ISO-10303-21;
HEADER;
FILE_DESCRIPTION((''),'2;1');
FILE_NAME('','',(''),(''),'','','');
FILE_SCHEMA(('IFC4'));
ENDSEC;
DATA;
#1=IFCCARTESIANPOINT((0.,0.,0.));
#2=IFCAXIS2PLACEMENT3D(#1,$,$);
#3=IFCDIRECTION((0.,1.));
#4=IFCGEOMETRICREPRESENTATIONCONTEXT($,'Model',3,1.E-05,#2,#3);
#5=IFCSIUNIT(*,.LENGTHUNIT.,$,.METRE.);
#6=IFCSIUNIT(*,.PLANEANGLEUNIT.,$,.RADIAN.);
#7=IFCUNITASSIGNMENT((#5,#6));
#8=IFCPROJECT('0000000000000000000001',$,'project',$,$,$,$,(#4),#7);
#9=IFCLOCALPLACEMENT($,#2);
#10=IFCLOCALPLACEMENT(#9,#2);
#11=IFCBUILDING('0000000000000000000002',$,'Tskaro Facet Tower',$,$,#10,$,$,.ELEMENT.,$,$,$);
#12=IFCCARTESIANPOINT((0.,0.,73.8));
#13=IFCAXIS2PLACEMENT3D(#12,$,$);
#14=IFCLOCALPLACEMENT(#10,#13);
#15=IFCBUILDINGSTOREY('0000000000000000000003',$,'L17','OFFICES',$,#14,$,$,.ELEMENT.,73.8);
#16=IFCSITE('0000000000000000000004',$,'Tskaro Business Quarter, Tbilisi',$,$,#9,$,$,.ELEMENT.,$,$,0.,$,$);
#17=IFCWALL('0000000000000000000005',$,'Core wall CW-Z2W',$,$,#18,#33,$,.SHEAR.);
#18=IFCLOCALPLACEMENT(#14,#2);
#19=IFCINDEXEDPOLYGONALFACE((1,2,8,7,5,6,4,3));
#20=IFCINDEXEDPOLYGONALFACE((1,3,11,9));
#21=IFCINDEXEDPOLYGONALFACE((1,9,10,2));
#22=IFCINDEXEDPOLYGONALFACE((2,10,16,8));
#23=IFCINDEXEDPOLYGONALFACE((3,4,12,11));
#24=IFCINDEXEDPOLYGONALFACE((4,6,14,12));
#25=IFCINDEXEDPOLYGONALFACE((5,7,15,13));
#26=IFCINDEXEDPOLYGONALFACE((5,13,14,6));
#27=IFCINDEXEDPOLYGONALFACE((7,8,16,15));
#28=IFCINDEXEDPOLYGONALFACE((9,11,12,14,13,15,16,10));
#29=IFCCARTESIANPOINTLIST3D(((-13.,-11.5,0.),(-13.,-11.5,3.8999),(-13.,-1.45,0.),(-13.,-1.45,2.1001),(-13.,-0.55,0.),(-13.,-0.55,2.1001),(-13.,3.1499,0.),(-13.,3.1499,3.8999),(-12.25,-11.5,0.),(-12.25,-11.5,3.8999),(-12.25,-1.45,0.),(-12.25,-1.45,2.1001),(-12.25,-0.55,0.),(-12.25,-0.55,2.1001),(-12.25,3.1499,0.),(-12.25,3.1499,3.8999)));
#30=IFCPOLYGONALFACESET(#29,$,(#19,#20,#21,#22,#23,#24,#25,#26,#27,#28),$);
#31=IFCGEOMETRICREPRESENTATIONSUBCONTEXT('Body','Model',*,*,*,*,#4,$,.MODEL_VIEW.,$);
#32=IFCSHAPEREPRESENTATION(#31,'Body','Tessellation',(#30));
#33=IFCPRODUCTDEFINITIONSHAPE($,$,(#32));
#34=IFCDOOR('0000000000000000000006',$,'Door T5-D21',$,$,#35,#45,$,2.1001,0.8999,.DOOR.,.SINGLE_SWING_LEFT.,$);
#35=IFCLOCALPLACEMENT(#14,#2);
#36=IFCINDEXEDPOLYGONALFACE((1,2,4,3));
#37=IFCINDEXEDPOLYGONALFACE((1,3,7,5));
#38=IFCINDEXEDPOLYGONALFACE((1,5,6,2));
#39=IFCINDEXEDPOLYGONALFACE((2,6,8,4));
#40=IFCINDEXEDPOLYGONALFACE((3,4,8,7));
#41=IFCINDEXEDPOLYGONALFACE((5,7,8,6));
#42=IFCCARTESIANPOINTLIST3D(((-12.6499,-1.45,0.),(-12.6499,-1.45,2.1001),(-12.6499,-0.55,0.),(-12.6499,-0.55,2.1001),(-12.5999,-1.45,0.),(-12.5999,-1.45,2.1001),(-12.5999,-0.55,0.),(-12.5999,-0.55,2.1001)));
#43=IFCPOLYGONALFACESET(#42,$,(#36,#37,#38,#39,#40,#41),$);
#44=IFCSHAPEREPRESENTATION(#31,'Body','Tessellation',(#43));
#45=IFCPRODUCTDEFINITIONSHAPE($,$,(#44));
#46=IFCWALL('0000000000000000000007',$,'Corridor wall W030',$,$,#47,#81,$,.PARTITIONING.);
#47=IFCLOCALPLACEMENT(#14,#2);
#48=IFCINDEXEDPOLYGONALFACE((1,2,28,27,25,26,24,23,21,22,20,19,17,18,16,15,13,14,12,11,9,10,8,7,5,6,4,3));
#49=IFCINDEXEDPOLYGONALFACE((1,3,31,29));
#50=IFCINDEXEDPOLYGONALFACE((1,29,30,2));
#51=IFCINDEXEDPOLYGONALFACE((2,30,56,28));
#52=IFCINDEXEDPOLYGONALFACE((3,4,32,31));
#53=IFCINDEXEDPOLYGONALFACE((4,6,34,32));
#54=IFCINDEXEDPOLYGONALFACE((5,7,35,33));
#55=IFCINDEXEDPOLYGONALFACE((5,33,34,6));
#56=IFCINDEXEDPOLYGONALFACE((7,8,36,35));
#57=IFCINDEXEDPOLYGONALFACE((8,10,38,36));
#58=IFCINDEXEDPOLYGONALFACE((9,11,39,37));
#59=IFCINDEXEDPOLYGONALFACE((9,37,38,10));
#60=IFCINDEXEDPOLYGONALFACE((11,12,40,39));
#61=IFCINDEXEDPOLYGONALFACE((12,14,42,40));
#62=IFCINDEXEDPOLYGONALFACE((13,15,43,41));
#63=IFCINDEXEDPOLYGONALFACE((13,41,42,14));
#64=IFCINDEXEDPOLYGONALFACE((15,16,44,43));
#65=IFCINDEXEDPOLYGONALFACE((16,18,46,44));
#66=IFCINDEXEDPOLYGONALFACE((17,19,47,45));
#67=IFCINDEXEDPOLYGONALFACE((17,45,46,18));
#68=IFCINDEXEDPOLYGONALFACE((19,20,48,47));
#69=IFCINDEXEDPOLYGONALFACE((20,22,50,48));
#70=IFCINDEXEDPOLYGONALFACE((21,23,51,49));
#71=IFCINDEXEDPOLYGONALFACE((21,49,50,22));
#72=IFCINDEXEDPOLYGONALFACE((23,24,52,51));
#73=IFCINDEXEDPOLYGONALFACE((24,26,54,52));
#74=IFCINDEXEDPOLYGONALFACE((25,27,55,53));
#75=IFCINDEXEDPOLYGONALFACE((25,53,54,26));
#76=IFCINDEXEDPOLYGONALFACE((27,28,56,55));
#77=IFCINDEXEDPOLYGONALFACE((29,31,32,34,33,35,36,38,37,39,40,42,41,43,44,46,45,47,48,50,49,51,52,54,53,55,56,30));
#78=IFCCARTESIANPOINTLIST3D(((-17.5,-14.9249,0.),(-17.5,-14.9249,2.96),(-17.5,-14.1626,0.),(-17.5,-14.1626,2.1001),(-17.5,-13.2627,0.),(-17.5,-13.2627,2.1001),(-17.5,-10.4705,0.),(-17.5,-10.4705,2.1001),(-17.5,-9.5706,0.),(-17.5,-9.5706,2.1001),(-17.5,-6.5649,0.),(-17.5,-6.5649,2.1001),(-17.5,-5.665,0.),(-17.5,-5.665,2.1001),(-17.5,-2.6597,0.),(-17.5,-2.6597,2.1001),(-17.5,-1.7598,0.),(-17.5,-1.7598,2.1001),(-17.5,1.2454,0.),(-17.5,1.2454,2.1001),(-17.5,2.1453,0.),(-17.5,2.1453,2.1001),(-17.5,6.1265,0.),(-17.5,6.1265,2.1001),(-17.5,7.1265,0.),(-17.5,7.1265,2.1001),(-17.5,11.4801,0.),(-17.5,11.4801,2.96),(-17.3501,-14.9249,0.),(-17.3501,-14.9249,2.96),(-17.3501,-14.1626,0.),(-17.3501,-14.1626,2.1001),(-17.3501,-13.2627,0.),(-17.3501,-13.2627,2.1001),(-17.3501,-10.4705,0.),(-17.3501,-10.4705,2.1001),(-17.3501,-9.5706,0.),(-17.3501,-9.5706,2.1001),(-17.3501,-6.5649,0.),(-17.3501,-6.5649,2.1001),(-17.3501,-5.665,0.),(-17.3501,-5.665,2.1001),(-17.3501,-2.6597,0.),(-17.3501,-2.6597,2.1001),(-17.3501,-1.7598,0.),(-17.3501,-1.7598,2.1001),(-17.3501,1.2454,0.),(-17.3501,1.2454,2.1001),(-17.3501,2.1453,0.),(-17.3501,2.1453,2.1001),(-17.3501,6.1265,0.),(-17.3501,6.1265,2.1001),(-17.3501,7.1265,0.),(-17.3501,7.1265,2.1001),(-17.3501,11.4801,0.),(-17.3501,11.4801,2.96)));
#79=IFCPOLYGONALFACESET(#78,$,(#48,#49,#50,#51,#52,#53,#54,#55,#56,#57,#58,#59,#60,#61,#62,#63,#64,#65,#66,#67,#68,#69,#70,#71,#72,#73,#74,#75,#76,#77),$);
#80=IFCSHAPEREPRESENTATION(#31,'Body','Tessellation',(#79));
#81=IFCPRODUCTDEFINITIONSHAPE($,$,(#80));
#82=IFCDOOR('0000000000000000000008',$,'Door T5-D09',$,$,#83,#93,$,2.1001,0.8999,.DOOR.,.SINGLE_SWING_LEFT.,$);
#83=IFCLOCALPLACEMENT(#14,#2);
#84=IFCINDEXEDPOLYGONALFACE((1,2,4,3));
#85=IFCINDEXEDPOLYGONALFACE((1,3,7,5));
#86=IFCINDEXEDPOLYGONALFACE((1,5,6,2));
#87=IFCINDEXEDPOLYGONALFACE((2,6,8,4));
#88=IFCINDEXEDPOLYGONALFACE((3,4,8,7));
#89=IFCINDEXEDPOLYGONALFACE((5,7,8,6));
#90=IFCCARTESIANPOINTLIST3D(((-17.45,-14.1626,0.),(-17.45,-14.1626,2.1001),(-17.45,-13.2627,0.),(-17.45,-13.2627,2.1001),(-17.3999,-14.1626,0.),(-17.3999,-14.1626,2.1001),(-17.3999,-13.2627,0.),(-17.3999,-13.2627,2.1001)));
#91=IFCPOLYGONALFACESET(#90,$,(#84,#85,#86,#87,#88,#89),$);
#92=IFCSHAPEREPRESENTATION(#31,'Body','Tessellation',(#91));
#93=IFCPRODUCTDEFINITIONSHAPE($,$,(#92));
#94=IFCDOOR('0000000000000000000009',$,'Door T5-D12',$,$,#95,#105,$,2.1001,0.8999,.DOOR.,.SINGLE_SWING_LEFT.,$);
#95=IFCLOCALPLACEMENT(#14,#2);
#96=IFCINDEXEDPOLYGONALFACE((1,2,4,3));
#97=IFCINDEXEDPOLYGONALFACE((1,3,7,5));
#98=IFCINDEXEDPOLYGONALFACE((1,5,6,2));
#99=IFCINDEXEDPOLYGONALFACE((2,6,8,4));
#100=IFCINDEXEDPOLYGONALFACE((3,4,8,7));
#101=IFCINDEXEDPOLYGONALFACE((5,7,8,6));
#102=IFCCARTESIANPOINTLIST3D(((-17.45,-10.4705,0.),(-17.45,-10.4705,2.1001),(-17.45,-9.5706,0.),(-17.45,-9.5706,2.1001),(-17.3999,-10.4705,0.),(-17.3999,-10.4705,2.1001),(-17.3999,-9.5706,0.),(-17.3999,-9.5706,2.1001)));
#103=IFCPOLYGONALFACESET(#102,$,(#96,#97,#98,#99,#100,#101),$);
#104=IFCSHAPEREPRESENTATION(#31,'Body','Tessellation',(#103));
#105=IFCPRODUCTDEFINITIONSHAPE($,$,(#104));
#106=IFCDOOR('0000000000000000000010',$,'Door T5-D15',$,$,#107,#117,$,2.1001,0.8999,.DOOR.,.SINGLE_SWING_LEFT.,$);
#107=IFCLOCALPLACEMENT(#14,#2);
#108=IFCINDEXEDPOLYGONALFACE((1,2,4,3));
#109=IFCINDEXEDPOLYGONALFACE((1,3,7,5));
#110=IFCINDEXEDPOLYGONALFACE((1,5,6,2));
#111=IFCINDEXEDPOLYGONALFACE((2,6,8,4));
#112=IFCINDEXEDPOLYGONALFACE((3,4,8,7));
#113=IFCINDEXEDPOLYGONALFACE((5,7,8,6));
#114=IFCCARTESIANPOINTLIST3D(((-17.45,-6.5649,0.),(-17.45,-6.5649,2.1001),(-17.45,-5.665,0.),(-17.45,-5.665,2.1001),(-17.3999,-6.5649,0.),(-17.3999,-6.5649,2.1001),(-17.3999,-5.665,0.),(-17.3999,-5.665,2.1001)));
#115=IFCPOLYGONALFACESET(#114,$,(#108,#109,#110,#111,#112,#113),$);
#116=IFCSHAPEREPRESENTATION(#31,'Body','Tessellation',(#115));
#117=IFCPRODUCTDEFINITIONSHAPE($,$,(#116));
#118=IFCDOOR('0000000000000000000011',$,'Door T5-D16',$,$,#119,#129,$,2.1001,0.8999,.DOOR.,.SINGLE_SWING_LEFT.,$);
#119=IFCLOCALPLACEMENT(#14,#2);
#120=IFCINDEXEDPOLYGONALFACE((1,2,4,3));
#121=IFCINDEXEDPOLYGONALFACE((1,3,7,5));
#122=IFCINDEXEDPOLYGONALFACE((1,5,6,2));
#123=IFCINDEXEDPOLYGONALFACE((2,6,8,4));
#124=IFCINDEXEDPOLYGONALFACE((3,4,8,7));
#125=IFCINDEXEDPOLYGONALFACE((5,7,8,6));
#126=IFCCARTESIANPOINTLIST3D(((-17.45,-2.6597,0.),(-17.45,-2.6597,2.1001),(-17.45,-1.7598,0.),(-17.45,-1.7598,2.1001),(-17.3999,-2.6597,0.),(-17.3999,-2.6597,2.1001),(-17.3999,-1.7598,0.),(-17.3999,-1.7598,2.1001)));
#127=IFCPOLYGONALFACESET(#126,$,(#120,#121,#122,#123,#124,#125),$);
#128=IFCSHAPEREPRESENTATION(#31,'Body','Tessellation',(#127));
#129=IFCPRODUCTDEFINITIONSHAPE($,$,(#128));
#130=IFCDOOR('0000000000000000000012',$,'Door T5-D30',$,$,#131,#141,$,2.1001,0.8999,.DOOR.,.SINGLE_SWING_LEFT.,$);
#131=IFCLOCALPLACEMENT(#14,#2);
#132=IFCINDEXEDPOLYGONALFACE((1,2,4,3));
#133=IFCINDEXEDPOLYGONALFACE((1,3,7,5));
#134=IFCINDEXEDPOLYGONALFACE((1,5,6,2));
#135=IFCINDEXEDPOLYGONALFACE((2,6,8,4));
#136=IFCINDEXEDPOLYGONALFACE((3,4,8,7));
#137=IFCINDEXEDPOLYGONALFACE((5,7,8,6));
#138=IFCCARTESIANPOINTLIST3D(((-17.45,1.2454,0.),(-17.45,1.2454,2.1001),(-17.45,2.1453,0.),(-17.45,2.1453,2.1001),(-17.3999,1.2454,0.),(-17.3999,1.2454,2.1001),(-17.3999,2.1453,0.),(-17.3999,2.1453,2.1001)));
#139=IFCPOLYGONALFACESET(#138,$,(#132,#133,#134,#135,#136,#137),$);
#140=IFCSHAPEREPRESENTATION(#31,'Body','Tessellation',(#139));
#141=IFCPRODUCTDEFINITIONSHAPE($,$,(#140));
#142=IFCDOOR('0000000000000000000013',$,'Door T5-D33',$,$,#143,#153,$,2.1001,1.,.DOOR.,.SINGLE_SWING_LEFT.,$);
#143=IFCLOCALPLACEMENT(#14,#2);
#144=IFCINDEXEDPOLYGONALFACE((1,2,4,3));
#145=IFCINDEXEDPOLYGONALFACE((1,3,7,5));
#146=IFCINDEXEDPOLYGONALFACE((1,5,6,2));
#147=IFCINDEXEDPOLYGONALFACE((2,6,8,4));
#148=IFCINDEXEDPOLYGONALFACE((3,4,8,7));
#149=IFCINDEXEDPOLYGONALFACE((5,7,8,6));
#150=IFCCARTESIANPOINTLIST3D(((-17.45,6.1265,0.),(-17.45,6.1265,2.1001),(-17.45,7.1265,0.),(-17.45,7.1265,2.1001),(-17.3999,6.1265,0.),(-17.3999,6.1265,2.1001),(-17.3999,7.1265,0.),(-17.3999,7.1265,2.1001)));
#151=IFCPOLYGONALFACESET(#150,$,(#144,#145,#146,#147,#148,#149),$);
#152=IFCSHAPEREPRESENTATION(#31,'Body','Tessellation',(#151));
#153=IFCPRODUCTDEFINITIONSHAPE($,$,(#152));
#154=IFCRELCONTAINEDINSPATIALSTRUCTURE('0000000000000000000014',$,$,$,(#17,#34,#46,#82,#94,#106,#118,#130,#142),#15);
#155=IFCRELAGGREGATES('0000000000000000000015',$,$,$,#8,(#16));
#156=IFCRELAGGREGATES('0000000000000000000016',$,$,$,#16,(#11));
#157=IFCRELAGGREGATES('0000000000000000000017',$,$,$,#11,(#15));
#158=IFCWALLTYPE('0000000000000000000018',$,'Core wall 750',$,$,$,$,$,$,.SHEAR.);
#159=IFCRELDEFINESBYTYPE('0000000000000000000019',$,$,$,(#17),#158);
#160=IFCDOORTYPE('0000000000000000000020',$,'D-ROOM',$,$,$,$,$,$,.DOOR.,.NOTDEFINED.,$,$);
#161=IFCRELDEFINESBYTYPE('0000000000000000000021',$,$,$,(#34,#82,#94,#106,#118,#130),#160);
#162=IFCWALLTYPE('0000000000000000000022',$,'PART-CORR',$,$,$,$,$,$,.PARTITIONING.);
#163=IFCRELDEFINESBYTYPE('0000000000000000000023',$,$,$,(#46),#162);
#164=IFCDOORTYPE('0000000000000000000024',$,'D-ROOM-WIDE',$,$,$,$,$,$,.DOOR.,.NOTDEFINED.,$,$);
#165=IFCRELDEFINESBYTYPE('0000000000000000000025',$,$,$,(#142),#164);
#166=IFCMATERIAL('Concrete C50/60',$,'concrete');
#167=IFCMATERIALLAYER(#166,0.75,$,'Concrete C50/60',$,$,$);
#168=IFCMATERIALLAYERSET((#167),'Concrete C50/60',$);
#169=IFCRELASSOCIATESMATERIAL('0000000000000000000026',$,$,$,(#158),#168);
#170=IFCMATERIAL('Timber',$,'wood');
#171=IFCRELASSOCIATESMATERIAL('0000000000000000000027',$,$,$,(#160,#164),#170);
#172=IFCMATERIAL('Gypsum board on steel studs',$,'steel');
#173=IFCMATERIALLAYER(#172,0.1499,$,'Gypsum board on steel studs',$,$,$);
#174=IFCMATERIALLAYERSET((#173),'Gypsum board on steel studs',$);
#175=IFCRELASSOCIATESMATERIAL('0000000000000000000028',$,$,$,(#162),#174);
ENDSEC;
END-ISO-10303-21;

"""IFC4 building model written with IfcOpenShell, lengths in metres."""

from ifc_helpers import new_model, si_unit, direction, frame, frame_2d, origin, place, context, subcontext, project, spatial, rectangle, extrude, material, layer, layer_set, type_object, element, fill, save


model = new_model("IFC4")

# Units and contexts
model_context = context("Model", 3, precision=1e-05, world=origin(), true_north=direction((0.0, 1.0)))
body_context = subcontext(model_context, "Body", "Model", "MODEL_VIEW")
ifc_project = project(units=[si_unit("LENGTHUNIT", "METRE"), si_unit("PLANEANGLEUNIT", "RADIAN")], contexts=[model_context])

# Site, building, storey
site_placement = place(None, origin())
site = spatial("IfcSite", under=ifc_project, at=site_placement, Name="Tskaro Business Quarter, Tbilisi", CompositionType="ELEMENT", RefElevation=0.0)
building_placement = place(site_placement, origin())
building = spatial("IfcBuilding", under=site, at=building_placement, Name="Tskaro Facet Tower", CompositionType="ELEMENT")
storey_placement = place(building_placement, frame((0.0, 0.0, 73.8)))
storey = spatial("IfcBuildingStorey", under=building, at=storey_placement, Name="L17", Description="OFFICES", CompositionType="ELEMENT", Elevation=73.8)

# Wall, opening, door
ifc_material_1 = material(Name="Concrete C50/60", Category="concrete")
ifc_layer_1 = layer(ifc_material_1, 0.75, Name="Concrete C50/60")
ifc_layer_set_1 = layer_set([ifc_layer_1], Name="Concrete C50/60")
wall_type_1 = type_object("IfcWallType", Name="Core wall 750", PredefinedType="SHEAR", material=ifc_layer_set_1)
wall_1_placement = place(storey_placement, frame((-12.625, -11.5, 0.0), z_axis=(0.0, 0.0, 1.0), x_axis=(0.0, 1.0, 0.0)))
wall_1 = element("IfcWall", 1, at=wall_1_placement, inside=storey, type_object=wall_type_1, Name="Core wall CW-Z2W", PredefinedType="SHEAR", context=body_context, shape_type="SweptSolid", body=[
    extrude(rectangle(XDim=14.6499, YDim=0.75, at=frame_2d((7.325, 0.0))), origin(), (0.0, 0.0, 1.0), 3.8999),
])
opening_1_placement = place(wall_1_placement, frame((10.05, 0.0, 0.0)))
opening_1 = element("IfcOpeningElement", 2, at=opening_1_placement, cuts=wall_1, PredefinedType="OPENING", context=body_context, shape_type="SweptSolid", body=[
    extrude(rectangle(XDim=0.8999, YDim=2.1001, at=frame_2d((0.45, 1.05))), frame((0.0, 0.385, 0.0), z_axis=(0.0, -1.0, 0.0), x_axis=(1.0, 0.0, 0.0)), (0.0, 0.0, 1.0), 0.77),
])
ifc_material_2 = material(Name="Timber", Category="wood")
door_type_1 = type_object("IfcDoorType", Name="D-ROOM", OperationType="NOTDEFINED", PredefinedType="DOOR", material=ifc_material_2)
door_1_placement = place(opening_1_placement, origin())
door_1 = element("IfcDoor", 3, at=door_1_placement, inside=storey, type_object=door_type_1, Name="Door T5-D21", OperationType="SINGLE_SWING_LEFT", OverallHeight=2.1001, OverallWidth=0.8999, PredefinedType="DOOR", context=body_context, shape_type="SweptSolid", body=[
    extrude(rectangle(XDim=0.8999, YDim=2.1001, at=frame_2d((0.45, 1.05))), frame((0.0, 0.0249, 0.0), z_axis=(0.0, -1.0, 0.0), x_axis=(1.0, 0.0, 0.0)), (0.0, 0.0, 1.0), 0.05),
])
fill(opening_1, door_1)

# Wall, openings, doors
ifc_material_3 = material(Name="Gypsum board on steel studs", Category="steel")
ifc_layer_2 = layer(ifc_material_3, 0.1499, Name="Gypsum board on steel studs")
ifc_layer_set_2 = layer_set([ifc_layer_2], Name="Gypsum board on steel studs")
wall_type_2 = type_object("IfcWallType", Name="PART-CORR", PredefinedType="PARTITIONING", material=ifc_layer_set_2)
wall_2_placement = place(storey_placement, frame((-17.425, -14.925, 0.0), z_axis=(0.0, 0.0, 1.0), x_axis=(0.0, 1.0, 0.0)))
wall_2 = element("IfcWall", 4, at=wall_2_placement, inside=storey, type_object=wall_type_2, Name="Corridor wall W030", PredefinedType="PARTITIONING", context=body_context, shape_type="SweptSolid", body=[
    extrude(rectangle(XDim=26.405, YDim=0.1499, at=frame_2d((13.2026, 0.0))), origin(), (0.0, 0.0, 1.0), 2.96),
])
opening_2_placement = place(wall_2_placement, frame((0.7625, 0.0, 0.0)))
opening_2 = element("IfcOpeningElement", 5, at=opening_2_placement, cuts=wall_2, PredefinedType="OPENING", context=body_context, shape_type="SweptSolid", body=[
    extrude(rectangle(XDim=0.8999, YDim=2.1001, at=frame_2d((0.45, 1.05))), frame((0.0, 0.085, 0.0), z_axis=(0.0, -1.0, 0.0), x_axis=(1.0, 0.0, 0.0)), (0.0, 0.0, 1.0), 0.1699),
])
opening_3_placement = place(wall_2_placement, frame((4.4546, 0.0, 0.0)))
opening_3 = element("IfcOpeningElement", 6, at=opening_3_placement, cuts=wall_2, PredefinedType="OPENING", context=body_context, shape_type="SweptSolid", body=[
    extrude(rectangle(XDim=0.8999, YDim=2.1001, at=frame_2d((0.45, 1.05))), frame((0.0, 0.085, 0.0), z_axis=(0.0, -1.0, 0.0), x_axis=(1.0, 0.0, 0.0)), (0.0, 0.0, 1.0), 0.1699),
])
opening_4_placement = place(wall_2_placement, frame((8.3601, 0.0, 0.0)))
opening_4 = element("IfcOpeningElement", 7, at=opening_4_placement, cuts=wall_2, PredefinedType="OPENING", context=body_context, shape_type="SweptSolid", body=[
    extrude(rectangle(XDim=0.8999, YDim=2.1001, at=frame_2d((0.45, 1.05))), frame((0.0, 0.085, 0.0), z_axis=(0.0, -1.0, 0.0), x_axis=(1.0, 0.0, 0.0)), (0.0, 0.0, 1.0), 0.1699),
])
opening_5_placement = place(wall_2_placement, frame((12.2654, 0.0, 0.0)))
opening_5 = element("IfcOpeningElement", 8, at=opening_5_placement, cuts=wall_2, PredefinedType="OPENING", context=body_context, shape_type="SweptSolid", body=[
    extrude(rectangle(XDim=0.8999, YDim=2.1001, at=frame_2d((0.45, 1.05))), frame((0.0, 0.085, 0.0), z_axis=(0.0, -1.0, 0.0), x_axis=(1.0, 0.0, 0.0)), (0.0, 0.0, 1.0), 0.1699),
])
opening_6_placement = place(wall_2_placement, frame((16.1704, 0.0, 0.0)))
opening_6 = element("IfcOpeningElement", 9, at=opening_6_placement, cuts=wall_2, PredefinedType="OPENING", context=body_context, shape_type="SweptSolid", body=[
    extrude(rectangle(XDim=0.8999, YDim=2.1001, at=frame_2d((0.45, 1.05))), frame((0.0, 0.085, 0.0), z_axis=(0.0, -1.0, 0.0), x_axis=(1.0, 0.0, 0.0)), (0.0, 0.0, 1.0), 0.1699),
])
opening_7_placement = place(wall_2_placement, frame((21.0515, 0.0, 0.0)))
opening_7 = element("IfcOpeningElement", 10, at=opening_7_placement, cuts=wall_2, PredefinedType="OPENING", context=body_context, shape_type="SweptSolid", body=[
    extrude(rectangle(XDim=1.0, YDim=2.1001, at=frame_2d((0.5, 1.05))), frame((0.0, 0.085, 0.0), z_axis=(0.0, -1.0, 0.0), x_axis=(1.0, 0.0, 0.0)), (0.0, 0.0, 1.0), 0.1699),
])
door_2_placement = place(opening_2_placement, origin())
door_2 = element("IfcDoor", 11, at=door_2_placement, inside=storey, type_object=door_type_1, Name="Door T5-D09", OperationType="SINGLE_SWING_LEFT", OverallHeight=2.1001, OverallWidth=0.8999, PredefinedType="DOOR", context=body_context, shape_type="SweptSolid", body=[
    extrude(rectangle(XDim=0.8999, YDim=2.1001, at=frame_2d((0.45, 1.05))), frame((0.0, 0.0249, 0.0), z_axis=(0.0, -1.0, 0.0), x_axis=(1.0, 0.0, 0.0)), (0.0, 0.0, 1.0), 0.05),
])
fill(opening_2, door_2)
door_3_placement = place(opening_3_placement, origin())
door_3 = element("IfcDoor", 12, at=door_3_placement, inside=storey, type_object=door_type_1, Name="Door T5-D12", OperationType="SINGLE_SWING_LEFT", OverallHeight=2.1001, OverallWidth=0.8999, PredefinedType="DOOR", context=body_context, shape_type="SweptSolid", body=[
    extrude(rectangle(XDim=0.8999, YDim=2.1001, at=frame_2d((0.45, 1.05))), frame((0.0, 0.0249, 0.0), z_axis=(0.0, -1.0, 0.0), x_axis=(1.0, 0.0, 0.0)), (0.0, 0.0, 1.0), 0.05),
])
fill(opening_3, door_3)
door_4_placement = place(opening_4_placement, origin())
door_4 = element("IfcDoor", 13, at=door_4_placement, inside=storey, type_object=door_type_1, Name="Door T5-D15", OperationType="SINGLE_SWING_LEFT", OverallHeight=2.1001, OverallWidth=0.8999, PredefinedType="DOOR", context=body_context, shape_type="SweptSolid", body=[
    extrude(rectangle(XDim=0.8999, YDim=2.1001, at=frame_2d((0.45, 1.05))), frame((0.0, 0.0249, 0.0), z_axis=(0.0, -1.0, 0.0), x_axis=(1.0, 0.0, 0.0)), (0.0, 0.0, 1.0), 0.05),
])
fill(opening_4, door_4)
door_5_placement = place(opening_5_placement, origin())
door_5 = element("IfcDoor", 14, at=door_5_placement, inside=storey, type_object=door_type_1, Name="Door T5-D16", OperationType="SINGLE_SWING_LEFT", OverallHeight=2.1001, OverallWidth=0.8999, PredefinedType="DOOR", context=body_context, shape_type="SweptSolid", body=[
    extrude(rectangle(XDim=0.8999, YDim=2.1001, at=frame_2d((0.45, 1.05))), frame((0.0, 0.0249, 0.0), z_axis=(0.0, -1.0, 0.0), x_axis=(1.0, 0.0, 0.0)), (0.0, 0.0, 1.0), 0.05),
])
fill(opening_5, door_5)
door_6_placement = place(opening_6_placement, origin())
door_6 = element("IfcDoor", 15, at=door_6_placement, inside=storey, type_object=door_type_1, Name="Door T5-D30", OperationType="SINGLE_SWING_LEFT", OverallHeight=2.1001, OverallWidth=0.8999, PredefinedType="DOOR", context=body_context, shape_type="SweptSolid", body=[
    extrude(rectangle(XDim=0.8999, YDim=2.1001, at=frame_2d((0.45, 1.05))), frame((0.0, 0.0249, 0.0), z_axis=(0.0, -1.0, 0.0), x_axis=(1.0, 0.0, 0.0)), (0.0, 0.0, 1.0), 0.05),
])
fill(opening_6, door_6)
door_type_2 = type_object("IfcDoorType", Name="D-ROOM-WIDE", OperationType="NOTDEFINED", PredefinedType="DOOR", material=ifc_material_2)
door_7_placement = place(opening_7_placement, origin())
door_7 = element("IfcDoor", 16, at=door_7_placement, inside=storey, type_object=door_type_2, Name="Door T5-D33", OperationType="SINGLE_SWING_LEFT", OverallHeight=2.1001, OverallWidth=1.0, PredefinedType="DOOR", context=body_context, shape_type="SweptSolid", body=[
    extrude(rectangle(XDim=1.0, YDim=2.1001, at=frame_2d((0.5, 1.05))), frame((0.0, 0.0249, 0.0), z_axis=(0.0, -1.0, 0.0), x_axis=(1.0, 0.0, 0.0)), (0.0, 0.0, 1.0), 0.05),
])
fill(opening_7, door_7)

save(model, "model.ifc")
